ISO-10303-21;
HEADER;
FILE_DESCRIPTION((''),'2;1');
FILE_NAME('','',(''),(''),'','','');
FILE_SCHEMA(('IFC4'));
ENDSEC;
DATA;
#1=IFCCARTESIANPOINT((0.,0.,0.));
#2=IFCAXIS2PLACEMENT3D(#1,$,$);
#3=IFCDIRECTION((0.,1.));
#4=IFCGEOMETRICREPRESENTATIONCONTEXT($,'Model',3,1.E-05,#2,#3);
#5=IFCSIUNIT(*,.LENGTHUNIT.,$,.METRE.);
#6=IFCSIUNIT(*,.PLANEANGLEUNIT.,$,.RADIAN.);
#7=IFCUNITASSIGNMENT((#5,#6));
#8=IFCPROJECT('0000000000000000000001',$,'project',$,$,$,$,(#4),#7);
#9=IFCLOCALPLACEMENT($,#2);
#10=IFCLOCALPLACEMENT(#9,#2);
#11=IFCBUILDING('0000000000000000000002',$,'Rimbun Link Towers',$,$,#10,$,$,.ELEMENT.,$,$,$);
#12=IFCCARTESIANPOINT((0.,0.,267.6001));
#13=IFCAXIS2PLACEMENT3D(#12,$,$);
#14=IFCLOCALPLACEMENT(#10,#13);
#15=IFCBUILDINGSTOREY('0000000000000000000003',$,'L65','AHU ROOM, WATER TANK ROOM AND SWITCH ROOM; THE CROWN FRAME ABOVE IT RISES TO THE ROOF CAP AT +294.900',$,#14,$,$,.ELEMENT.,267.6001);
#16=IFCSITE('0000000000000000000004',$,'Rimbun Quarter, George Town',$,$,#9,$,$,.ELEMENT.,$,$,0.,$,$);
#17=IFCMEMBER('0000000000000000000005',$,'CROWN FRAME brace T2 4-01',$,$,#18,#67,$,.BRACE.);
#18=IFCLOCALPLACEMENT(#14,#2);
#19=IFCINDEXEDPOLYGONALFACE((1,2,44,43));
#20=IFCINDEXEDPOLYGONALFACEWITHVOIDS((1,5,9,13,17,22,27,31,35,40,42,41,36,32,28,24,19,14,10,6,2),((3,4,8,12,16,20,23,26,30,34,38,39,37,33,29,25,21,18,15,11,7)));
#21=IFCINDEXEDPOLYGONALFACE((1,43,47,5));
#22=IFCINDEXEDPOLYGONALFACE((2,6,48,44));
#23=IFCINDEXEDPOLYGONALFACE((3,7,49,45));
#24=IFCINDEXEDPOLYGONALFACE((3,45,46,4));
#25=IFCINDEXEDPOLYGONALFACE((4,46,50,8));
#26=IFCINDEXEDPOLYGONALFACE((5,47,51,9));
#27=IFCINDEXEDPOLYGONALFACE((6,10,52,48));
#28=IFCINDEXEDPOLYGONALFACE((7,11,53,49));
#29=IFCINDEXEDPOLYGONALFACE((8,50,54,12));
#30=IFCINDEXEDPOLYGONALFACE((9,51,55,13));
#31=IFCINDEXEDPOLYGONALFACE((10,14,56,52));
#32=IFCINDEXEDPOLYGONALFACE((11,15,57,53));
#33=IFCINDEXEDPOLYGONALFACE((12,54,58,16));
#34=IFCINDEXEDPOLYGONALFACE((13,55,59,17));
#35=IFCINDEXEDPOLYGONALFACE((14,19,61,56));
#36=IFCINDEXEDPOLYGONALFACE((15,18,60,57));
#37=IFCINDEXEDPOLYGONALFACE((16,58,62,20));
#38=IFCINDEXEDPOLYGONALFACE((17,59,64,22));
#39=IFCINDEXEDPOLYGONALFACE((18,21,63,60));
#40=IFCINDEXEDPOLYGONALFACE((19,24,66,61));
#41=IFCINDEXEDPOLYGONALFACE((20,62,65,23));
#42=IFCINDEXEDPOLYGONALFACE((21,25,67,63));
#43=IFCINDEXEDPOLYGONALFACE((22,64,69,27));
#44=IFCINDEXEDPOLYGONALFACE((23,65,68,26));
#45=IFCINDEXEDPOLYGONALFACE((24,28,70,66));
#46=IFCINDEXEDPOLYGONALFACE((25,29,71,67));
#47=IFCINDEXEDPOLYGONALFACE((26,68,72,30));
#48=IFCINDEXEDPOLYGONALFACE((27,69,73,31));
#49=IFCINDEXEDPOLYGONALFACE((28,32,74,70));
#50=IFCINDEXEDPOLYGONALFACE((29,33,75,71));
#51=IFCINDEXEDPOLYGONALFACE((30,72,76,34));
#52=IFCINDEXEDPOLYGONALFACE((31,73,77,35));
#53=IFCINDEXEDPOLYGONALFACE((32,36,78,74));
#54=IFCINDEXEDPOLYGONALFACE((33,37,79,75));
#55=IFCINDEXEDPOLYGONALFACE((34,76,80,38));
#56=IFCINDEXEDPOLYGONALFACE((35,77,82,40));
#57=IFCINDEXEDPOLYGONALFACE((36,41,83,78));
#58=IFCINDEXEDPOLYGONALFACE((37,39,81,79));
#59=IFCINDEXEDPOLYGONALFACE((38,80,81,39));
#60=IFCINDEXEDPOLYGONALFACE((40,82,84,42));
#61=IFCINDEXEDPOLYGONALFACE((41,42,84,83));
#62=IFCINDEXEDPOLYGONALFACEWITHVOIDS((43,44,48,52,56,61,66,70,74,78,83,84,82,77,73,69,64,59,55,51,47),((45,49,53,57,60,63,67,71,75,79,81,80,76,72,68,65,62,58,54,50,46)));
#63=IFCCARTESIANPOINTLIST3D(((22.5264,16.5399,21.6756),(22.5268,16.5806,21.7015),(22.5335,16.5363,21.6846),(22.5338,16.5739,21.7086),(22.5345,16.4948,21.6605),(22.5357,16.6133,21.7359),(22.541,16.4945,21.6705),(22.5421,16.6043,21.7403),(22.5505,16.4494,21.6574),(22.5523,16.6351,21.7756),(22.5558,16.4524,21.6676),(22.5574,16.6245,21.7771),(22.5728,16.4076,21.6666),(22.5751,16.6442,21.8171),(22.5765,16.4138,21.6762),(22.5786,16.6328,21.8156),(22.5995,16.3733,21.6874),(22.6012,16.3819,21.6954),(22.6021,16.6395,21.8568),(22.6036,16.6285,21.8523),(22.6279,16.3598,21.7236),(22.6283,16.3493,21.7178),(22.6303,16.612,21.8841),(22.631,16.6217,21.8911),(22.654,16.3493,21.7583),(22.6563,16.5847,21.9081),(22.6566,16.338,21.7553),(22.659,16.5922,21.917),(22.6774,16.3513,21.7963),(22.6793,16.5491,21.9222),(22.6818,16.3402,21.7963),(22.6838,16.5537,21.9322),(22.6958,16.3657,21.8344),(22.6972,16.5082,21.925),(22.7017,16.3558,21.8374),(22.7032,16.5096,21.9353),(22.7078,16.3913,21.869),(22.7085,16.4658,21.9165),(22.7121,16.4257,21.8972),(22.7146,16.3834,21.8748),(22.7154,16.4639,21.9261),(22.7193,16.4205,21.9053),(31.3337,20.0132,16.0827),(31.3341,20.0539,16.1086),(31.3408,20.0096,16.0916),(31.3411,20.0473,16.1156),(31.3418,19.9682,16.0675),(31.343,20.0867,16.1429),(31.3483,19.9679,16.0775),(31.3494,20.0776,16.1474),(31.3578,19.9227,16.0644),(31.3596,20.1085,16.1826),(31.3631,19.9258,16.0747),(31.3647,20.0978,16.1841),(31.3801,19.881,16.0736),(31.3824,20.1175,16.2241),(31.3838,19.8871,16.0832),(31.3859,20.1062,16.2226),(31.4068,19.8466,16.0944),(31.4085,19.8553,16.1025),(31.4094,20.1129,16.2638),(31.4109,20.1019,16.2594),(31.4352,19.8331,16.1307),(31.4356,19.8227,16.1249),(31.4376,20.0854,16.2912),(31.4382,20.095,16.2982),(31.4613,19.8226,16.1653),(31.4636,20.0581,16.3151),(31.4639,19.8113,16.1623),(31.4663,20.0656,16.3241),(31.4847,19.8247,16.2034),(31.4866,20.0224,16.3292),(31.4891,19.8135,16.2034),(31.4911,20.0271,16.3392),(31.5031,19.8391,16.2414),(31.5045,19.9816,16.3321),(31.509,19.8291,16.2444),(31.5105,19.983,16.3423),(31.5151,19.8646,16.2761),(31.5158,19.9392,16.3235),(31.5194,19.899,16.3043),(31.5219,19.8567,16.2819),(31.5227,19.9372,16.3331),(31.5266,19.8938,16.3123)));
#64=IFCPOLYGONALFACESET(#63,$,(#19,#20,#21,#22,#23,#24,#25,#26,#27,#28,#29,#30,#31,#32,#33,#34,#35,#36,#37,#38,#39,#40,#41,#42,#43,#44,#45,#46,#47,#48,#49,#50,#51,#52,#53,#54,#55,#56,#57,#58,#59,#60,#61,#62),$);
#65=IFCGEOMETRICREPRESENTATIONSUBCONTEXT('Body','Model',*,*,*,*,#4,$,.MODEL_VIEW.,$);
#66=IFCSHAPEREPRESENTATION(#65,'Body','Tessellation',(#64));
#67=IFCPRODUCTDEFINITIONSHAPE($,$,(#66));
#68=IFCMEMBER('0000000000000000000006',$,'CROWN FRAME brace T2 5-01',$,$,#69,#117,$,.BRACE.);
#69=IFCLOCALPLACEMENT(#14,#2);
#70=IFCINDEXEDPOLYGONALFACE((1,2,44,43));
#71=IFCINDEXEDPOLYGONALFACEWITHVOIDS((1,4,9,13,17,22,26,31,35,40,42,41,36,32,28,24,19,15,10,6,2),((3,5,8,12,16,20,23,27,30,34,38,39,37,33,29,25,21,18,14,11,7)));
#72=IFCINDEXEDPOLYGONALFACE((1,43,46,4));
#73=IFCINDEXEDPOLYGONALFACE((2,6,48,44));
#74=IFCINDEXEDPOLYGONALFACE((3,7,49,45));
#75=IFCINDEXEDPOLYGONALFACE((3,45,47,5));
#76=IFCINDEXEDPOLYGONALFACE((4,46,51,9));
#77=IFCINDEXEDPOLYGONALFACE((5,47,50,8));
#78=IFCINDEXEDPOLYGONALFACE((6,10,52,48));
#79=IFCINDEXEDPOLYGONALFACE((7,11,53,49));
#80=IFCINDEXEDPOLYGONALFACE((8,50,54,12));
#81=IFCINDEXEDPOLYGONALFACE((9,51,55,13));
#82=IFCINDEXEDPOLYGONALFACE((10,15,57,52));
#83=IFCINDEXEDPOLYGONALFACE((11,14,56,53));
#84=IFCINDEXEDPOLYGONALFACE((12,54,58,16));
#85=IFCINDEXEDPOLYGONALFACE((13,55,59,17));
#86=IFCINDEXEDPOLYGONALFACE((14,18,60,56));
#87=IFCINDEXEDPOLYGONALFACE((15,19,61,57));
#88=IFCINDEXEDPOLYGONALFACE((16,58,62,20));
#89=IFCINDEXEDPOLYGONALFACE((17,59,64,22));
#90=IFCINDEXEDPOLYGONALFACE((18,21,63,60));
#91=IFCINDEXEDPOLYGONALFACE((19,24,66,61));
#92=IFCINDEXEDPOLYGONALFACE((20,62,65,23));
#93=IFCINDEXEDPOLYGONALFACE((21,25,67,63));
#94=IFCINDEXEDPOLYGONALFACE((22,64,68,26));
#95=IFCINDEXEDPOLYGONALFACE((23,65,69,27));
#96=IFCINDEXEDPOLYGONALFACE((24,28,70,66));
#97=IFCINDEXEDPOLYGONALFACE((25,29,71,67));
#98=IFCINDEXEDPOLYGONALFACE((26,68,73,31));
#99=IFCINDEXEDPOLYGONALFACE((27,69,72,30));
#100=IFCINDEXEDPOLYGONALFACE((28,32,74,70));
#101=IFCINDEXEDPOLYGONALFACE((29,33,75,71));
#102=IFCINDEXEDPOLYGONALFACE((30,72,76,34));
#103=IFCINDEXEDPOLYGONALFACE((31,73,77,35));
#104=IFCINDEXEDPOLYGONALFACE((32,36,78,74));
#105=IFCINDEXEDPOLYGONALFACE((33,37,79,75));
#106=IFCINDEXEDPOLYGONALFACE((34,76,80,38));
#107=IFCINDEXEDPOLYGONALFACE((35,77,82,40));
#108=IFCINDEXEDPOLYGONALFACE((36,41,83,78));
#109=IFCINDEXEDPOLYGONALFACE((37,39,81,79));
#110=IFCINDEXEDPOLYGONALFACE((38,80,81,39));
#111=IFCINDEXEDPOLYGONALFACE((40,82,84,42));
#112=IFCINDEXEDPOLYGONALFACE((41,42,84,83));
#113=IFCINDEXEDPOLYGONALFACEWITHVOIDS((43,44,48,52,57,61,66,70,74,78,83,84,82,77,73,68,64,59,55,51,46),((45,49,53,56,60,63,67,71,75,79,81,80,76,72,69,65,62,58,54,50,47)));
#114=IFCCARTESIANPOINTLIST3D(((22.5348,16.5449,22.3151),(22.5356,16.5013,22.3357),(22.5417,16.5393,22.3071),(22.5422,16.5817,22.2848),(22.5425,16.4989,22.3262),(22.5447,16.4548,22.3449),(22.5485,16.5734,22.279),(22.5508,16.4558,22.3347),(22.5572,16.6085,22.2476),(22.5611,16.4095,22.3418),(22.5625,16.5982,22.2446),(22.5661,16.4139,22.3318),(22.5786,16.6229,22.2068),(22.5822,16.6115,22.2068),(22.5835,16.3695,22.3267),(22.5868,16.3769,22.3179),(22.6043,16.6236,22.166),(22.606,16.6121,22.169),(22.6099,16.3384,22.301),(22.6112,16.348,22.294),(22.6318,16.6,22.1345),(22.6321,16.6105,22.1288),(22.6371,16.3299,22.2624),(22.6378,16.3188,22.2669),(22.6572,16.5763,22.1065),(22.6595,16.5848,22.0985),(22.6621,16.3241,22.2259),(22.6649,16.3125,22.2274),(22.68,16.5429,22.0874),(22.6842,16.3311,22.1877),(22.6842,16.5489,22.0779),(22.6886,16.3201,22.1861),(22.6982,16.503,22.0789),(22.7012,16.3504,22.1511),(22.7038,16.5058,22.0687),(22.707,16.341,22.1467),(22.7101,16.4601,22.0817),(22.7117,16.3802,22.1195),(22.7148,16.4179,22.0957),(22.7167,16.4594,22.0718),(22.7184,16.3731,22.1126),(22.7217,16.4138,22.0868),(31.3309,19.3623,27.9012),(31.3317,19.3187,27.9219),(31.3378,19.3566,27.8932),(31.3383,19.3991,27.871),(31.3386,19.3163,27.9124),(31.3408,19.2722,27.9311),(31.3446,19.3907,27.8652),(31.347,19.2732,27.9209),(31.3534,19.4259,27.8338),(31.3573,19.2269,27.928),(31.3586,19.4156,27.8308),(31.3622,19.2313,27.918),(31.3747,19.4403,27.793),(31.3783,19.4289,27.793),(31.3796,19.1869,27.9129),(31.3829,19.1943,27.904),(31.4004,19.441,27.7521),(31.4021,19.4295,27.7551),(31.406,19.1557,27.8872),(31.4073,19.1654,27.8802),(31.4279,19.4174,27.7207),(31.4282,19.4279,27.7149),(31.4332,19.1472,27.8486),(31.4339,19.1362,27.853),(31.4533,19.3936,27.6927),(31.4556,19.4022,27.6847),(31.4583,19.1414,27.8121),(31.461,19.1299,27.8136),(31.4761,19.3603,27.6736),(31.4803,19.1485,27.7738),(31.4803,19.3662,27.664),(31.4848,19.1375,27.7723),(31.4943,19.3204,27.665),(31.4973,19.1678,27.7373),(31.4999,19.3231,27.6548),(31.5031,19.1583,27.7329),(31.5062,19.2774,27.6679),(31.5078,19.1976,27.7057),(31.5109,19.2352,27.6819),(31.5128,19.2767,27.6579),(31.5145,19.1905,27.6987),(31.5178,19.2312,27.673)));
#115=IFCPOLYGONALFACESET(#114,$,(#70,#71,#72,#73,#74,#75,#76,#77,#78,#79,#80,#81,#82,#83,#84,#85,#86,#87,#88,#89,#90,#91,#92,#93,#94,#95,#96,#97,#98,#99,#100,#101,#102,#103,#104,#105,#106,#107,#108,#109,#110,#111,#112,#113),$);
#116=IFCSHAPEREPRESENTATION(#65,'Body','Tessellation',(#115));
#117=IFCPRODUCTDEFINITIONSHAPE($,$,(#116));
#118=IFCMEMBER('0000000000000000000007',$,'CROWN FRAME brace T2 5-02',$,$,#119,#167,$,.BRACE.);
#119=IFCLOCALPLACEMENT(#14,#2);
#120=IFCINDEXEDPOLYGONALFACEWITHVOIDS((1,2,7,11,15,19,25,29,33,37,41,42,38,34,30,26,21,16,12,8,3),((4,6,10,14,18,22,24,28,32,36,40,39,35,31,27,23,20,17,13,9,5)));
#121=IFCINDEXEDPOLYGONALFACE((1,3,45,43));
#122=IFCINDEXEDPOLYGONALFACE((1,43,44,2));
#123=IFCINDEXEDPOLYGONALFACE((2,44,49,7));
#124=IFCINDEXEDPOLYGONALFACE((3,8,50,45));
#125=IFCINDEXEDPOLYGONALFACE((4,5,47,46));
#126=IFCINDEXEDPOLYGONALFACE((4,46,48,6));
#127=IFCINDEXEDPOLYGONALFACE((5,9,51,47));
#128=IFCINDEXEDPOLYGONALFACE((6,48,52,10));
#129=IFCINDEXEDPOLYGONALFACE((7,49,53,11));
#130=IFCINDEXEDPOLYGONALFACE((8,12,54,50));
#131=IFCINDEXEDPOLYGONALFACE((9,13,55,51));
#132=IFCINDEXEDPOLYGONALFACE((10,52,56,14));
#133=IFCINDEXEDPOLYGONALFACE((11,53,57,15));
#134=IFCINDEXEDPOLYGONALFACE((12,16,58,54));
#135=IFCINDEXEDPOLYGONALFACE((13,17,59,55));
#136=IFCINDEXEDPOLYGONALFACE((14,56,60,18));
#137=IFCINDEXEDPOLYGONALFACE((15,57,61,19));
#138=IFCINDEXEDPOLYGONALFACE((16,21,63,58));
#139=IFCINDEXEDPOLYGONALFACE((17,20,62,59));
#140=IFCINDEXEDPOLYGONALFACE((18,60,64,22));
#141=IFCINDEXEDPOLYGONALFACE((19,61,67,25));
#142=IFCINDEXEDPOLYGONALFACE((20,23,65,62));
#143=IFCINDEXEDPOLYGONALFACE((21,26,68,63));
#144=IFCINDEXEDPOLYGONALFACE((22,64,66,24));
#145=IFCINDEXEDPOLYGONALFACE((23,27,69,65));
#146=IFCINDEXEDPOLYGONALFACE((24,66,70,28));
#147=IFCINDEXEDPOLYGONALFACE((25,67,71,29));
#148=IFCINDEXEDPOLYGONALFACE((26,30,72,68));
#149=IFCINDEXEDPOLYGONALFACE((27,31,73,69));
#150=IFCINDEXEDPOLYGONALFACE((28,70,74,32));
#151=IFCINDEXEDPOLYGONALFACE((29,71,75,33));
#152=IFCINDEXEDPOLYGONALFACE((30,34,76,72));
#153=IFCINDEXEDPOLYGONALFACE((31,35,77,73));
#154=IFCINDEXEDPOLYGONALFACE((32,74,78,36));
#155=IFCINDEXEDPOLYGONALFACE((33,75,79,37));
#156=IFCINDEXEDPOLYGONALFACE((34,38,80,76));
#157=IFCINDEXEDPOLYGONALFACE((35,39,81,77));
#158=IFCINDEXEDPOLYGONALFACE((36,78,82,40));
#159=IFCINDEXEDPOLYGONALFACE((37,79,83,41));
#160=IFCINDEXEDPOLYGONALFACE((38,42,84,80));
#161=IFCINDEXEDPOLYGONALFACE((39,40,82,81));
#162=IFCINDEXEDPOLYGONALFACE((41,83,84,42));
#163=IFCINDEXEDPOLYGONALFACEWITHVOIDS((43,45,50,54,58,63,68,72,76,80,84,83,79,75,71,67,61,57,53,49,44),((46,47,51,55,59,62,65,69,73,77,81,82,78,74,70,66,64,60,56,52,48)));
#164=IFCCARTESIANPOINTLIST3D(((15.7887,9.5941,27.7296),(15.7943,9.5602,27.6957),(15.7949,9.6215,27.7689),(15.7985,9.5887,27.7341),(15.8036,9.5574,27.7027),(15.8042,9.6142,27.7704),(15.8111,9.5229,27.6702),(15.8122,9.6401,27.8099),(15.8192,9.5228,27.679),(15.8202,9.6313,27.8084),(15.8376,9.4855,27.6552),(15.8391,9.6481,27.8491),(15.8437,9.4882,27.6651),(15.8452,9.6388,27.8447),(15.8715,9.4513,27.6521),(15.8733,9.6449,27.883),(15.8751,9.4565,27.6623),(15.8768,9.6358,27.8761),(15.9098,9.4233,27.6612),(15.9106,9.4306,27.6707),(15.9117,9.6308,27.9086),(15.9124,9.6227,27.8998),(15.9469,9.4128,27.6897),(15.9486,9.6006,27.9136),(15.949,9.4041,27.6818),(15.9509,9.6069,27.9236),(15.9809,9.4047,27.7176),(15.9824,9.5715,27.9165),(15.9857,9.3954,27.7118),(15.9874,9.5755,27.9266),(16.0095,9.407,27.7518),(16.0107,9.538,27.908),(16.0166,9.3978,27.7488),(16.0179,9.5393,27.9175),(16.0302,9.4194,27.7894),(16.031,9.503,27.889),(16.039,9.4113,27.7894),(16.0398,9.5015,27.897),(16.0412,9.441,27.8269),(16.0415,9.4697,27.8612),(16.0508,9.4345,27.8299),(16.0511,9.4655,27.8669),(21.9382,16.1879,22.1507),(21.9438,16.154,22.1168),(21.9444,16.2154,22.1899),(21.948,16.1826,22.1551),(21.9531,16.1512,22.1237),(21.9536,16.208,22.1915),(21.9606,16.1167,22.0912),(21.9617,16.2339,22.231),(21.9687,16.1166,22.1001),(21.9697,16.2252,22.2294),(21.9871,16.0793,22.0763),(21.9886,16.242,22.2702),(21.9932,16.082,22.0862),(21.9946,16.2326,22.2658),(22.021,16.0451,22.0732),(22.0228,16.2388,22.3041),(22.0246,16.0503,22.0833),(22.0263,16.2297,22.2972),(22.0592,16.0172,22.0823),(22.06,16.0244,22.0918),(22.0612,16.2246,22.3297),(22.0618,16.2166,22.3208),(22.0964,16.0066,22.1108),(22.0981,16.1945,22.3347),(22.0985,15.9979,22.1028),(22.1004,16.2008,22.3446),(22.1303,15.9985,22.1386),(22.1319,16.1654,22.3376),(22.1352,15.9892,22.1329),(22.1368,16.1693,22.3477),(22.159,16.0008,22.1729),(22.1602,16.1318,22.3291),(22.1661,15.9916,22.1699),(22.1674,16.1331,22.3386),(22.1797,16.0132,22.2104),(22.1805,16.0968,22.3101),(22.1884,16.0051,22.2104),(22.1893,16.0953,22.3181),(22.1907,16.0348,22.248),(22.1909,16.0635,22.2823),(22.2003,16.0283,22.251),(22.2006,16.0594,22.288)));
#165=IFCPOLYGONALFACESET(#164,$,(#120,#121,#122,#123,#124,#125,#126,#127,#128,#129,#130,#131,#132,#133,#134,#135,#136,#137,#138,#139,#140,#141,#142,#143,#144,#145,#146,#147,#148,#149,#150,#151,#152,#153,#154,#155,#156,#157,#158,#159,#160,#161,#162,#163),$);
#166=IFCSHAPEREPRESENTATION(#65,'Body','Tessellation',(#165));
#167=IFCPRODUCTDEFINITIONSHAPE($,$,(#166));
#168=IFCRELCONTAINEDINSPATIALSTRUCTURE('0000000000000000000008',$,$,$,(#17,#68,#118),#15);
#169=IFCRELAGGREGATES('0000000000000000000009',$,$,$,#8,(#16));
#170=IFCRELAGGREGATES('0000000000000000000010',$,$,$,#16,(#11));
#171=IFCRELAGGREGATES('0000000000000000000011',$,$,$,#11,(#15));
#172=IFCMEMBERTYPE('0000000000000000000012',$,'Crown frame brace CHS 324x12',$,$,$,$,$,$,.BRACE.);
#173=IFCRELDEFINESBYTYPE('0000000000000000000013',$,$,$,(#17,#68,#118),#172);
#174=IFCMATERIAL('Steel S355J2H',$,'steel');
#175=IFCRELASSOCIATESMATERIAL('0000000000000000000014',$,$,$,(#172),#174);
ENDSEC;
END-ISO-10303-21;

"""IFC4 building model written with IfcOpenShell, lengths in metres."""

from ifc_helpers import new_model, si_unit, direction, frame, origin, origin_2d, place, context, subcontext, project, spatial, hollow_circle, extrude, material, material_profile, profile_set, type_object, element, save


model = new_model("IFC4")

# Units and contexts
model_context = context("Model", 3, precision=1e-05, world=origin(), true_north=direction((0.0, 1.0)))
body_context = subcontext(model_context, "Body", "Model", "MODEL_VIEW")
ifc_project = project(units=[si_unit("LENGTHUNIT", "METRE"), si_unit("PLANEANGLEUNIT", "RADIAN")], contexts=[model_context])

# Site, building, storey
site_placement = place(None, origin())
site = spatial("IfcSite", under=ifc_project, at=site_placement, Name="Rimbun Quarter, George Town", CompositionType="ELEMENT", RefElevation=0.0)
building_placement = place(site_placement, origin())
building = spatial("IfcBuilding", under=site, at=building_placement, Name="Rimbun Link Towers", CompositionType="ELEMENT")
storey_placement = place(building_placement, frame((0.0, 0.0, 267.6001)))
storey = spatial("IfcBuildingStorey", under=building, at=storey_placement, Name="L65", Description="AHU ROOM, WATER TANK ROOM AND SWITCH ROOM; THE CROWN FRAME ABOVE IT RISES TO THE ROOF CAP AT +294.900", CompositionType="ELEMENT", Elevation=267.6001)

# Members
ifc_material_1 = material(Name="Steel S355J2H", Category="steel")
ifc_material_profile_1 = material_profile(ifc_material_1, hollow_circle(Radius=0.1619, WallThickness=0.012, at=origin_2d()), Name="Crown frame brace CHS 324x12")
ifc_profile_set_1 = profile_set([ifc_material_profile_1], Name="Steel S355J2H")
member_type_1 = type_object("IfcMemberType", Name="Crown frame brace CHS 324x12", PredefinedType="BRACE", material=ifc_profile_set_1)
member_1_placement = place(storey_placement, frame((31.4297, 19.9641, 16.2034), z_axis=(-0.800948, -0.315872, 0.508633), x_axis=(0.366874, -0.930271, 0.0)))
element("IfcMember", 1, at=member_1_placement, inside=storey, type_object=member_type_1, Name="CROWN FRAME brace T2 4-01", PredefinedType="BRACE", context=body_context, shape_type="SweptSolid", body=[
    extrude(hollow_circle(Radius=0.1619, WallThickness=0.012, at=origin_2d()), origin(), (0.0, 0.0, 1.0), 10.9961),
])
member_2_placement = place(storey_placement, frame((22.6279, 16.4688, 22.2068), z_axis=(0.814894, 0.261008, 0.517516), x_axis=(-0.305033, 0.952342, 0.0)))
element("IfcMember", 2, at=member_2_placement, inside=storey, type_object=member_type_1, Name="CROWN FRAME brace T2 5-01", PredefinedType="BRACE", context=body_context, shape_type="SweptSolid", body=[
    extrude(hollow_circle(Radius=0.1619, WallThickness=0.012, at=origin_2d()), origin(), (0.0, 0.0, 1.0), 10.7942),
])
member_3_placement = place(storey_placement, frame((22.0701, 16.1155, 22.2104), z_axis=(-0.579988, -0.621896, 0.526175), x_axis=(0.731318, -0.682036, 0.0)))
element("IfcMember", 3, at=member_3_placement, inside=storey, type_object=member_type_1, Name="CROWN FRAME brace T2 5-02", PredefinedType="BRACE", context=body_context, shape_type="SweptSolid", body=[
    extrude(hollow_circle(Radius=0.1619, WallThickness=0.012, at=origin_2d()), origin(), (0.0, 0.0, 1.0), 10.6028),
])

save(model, "model.ifc")
